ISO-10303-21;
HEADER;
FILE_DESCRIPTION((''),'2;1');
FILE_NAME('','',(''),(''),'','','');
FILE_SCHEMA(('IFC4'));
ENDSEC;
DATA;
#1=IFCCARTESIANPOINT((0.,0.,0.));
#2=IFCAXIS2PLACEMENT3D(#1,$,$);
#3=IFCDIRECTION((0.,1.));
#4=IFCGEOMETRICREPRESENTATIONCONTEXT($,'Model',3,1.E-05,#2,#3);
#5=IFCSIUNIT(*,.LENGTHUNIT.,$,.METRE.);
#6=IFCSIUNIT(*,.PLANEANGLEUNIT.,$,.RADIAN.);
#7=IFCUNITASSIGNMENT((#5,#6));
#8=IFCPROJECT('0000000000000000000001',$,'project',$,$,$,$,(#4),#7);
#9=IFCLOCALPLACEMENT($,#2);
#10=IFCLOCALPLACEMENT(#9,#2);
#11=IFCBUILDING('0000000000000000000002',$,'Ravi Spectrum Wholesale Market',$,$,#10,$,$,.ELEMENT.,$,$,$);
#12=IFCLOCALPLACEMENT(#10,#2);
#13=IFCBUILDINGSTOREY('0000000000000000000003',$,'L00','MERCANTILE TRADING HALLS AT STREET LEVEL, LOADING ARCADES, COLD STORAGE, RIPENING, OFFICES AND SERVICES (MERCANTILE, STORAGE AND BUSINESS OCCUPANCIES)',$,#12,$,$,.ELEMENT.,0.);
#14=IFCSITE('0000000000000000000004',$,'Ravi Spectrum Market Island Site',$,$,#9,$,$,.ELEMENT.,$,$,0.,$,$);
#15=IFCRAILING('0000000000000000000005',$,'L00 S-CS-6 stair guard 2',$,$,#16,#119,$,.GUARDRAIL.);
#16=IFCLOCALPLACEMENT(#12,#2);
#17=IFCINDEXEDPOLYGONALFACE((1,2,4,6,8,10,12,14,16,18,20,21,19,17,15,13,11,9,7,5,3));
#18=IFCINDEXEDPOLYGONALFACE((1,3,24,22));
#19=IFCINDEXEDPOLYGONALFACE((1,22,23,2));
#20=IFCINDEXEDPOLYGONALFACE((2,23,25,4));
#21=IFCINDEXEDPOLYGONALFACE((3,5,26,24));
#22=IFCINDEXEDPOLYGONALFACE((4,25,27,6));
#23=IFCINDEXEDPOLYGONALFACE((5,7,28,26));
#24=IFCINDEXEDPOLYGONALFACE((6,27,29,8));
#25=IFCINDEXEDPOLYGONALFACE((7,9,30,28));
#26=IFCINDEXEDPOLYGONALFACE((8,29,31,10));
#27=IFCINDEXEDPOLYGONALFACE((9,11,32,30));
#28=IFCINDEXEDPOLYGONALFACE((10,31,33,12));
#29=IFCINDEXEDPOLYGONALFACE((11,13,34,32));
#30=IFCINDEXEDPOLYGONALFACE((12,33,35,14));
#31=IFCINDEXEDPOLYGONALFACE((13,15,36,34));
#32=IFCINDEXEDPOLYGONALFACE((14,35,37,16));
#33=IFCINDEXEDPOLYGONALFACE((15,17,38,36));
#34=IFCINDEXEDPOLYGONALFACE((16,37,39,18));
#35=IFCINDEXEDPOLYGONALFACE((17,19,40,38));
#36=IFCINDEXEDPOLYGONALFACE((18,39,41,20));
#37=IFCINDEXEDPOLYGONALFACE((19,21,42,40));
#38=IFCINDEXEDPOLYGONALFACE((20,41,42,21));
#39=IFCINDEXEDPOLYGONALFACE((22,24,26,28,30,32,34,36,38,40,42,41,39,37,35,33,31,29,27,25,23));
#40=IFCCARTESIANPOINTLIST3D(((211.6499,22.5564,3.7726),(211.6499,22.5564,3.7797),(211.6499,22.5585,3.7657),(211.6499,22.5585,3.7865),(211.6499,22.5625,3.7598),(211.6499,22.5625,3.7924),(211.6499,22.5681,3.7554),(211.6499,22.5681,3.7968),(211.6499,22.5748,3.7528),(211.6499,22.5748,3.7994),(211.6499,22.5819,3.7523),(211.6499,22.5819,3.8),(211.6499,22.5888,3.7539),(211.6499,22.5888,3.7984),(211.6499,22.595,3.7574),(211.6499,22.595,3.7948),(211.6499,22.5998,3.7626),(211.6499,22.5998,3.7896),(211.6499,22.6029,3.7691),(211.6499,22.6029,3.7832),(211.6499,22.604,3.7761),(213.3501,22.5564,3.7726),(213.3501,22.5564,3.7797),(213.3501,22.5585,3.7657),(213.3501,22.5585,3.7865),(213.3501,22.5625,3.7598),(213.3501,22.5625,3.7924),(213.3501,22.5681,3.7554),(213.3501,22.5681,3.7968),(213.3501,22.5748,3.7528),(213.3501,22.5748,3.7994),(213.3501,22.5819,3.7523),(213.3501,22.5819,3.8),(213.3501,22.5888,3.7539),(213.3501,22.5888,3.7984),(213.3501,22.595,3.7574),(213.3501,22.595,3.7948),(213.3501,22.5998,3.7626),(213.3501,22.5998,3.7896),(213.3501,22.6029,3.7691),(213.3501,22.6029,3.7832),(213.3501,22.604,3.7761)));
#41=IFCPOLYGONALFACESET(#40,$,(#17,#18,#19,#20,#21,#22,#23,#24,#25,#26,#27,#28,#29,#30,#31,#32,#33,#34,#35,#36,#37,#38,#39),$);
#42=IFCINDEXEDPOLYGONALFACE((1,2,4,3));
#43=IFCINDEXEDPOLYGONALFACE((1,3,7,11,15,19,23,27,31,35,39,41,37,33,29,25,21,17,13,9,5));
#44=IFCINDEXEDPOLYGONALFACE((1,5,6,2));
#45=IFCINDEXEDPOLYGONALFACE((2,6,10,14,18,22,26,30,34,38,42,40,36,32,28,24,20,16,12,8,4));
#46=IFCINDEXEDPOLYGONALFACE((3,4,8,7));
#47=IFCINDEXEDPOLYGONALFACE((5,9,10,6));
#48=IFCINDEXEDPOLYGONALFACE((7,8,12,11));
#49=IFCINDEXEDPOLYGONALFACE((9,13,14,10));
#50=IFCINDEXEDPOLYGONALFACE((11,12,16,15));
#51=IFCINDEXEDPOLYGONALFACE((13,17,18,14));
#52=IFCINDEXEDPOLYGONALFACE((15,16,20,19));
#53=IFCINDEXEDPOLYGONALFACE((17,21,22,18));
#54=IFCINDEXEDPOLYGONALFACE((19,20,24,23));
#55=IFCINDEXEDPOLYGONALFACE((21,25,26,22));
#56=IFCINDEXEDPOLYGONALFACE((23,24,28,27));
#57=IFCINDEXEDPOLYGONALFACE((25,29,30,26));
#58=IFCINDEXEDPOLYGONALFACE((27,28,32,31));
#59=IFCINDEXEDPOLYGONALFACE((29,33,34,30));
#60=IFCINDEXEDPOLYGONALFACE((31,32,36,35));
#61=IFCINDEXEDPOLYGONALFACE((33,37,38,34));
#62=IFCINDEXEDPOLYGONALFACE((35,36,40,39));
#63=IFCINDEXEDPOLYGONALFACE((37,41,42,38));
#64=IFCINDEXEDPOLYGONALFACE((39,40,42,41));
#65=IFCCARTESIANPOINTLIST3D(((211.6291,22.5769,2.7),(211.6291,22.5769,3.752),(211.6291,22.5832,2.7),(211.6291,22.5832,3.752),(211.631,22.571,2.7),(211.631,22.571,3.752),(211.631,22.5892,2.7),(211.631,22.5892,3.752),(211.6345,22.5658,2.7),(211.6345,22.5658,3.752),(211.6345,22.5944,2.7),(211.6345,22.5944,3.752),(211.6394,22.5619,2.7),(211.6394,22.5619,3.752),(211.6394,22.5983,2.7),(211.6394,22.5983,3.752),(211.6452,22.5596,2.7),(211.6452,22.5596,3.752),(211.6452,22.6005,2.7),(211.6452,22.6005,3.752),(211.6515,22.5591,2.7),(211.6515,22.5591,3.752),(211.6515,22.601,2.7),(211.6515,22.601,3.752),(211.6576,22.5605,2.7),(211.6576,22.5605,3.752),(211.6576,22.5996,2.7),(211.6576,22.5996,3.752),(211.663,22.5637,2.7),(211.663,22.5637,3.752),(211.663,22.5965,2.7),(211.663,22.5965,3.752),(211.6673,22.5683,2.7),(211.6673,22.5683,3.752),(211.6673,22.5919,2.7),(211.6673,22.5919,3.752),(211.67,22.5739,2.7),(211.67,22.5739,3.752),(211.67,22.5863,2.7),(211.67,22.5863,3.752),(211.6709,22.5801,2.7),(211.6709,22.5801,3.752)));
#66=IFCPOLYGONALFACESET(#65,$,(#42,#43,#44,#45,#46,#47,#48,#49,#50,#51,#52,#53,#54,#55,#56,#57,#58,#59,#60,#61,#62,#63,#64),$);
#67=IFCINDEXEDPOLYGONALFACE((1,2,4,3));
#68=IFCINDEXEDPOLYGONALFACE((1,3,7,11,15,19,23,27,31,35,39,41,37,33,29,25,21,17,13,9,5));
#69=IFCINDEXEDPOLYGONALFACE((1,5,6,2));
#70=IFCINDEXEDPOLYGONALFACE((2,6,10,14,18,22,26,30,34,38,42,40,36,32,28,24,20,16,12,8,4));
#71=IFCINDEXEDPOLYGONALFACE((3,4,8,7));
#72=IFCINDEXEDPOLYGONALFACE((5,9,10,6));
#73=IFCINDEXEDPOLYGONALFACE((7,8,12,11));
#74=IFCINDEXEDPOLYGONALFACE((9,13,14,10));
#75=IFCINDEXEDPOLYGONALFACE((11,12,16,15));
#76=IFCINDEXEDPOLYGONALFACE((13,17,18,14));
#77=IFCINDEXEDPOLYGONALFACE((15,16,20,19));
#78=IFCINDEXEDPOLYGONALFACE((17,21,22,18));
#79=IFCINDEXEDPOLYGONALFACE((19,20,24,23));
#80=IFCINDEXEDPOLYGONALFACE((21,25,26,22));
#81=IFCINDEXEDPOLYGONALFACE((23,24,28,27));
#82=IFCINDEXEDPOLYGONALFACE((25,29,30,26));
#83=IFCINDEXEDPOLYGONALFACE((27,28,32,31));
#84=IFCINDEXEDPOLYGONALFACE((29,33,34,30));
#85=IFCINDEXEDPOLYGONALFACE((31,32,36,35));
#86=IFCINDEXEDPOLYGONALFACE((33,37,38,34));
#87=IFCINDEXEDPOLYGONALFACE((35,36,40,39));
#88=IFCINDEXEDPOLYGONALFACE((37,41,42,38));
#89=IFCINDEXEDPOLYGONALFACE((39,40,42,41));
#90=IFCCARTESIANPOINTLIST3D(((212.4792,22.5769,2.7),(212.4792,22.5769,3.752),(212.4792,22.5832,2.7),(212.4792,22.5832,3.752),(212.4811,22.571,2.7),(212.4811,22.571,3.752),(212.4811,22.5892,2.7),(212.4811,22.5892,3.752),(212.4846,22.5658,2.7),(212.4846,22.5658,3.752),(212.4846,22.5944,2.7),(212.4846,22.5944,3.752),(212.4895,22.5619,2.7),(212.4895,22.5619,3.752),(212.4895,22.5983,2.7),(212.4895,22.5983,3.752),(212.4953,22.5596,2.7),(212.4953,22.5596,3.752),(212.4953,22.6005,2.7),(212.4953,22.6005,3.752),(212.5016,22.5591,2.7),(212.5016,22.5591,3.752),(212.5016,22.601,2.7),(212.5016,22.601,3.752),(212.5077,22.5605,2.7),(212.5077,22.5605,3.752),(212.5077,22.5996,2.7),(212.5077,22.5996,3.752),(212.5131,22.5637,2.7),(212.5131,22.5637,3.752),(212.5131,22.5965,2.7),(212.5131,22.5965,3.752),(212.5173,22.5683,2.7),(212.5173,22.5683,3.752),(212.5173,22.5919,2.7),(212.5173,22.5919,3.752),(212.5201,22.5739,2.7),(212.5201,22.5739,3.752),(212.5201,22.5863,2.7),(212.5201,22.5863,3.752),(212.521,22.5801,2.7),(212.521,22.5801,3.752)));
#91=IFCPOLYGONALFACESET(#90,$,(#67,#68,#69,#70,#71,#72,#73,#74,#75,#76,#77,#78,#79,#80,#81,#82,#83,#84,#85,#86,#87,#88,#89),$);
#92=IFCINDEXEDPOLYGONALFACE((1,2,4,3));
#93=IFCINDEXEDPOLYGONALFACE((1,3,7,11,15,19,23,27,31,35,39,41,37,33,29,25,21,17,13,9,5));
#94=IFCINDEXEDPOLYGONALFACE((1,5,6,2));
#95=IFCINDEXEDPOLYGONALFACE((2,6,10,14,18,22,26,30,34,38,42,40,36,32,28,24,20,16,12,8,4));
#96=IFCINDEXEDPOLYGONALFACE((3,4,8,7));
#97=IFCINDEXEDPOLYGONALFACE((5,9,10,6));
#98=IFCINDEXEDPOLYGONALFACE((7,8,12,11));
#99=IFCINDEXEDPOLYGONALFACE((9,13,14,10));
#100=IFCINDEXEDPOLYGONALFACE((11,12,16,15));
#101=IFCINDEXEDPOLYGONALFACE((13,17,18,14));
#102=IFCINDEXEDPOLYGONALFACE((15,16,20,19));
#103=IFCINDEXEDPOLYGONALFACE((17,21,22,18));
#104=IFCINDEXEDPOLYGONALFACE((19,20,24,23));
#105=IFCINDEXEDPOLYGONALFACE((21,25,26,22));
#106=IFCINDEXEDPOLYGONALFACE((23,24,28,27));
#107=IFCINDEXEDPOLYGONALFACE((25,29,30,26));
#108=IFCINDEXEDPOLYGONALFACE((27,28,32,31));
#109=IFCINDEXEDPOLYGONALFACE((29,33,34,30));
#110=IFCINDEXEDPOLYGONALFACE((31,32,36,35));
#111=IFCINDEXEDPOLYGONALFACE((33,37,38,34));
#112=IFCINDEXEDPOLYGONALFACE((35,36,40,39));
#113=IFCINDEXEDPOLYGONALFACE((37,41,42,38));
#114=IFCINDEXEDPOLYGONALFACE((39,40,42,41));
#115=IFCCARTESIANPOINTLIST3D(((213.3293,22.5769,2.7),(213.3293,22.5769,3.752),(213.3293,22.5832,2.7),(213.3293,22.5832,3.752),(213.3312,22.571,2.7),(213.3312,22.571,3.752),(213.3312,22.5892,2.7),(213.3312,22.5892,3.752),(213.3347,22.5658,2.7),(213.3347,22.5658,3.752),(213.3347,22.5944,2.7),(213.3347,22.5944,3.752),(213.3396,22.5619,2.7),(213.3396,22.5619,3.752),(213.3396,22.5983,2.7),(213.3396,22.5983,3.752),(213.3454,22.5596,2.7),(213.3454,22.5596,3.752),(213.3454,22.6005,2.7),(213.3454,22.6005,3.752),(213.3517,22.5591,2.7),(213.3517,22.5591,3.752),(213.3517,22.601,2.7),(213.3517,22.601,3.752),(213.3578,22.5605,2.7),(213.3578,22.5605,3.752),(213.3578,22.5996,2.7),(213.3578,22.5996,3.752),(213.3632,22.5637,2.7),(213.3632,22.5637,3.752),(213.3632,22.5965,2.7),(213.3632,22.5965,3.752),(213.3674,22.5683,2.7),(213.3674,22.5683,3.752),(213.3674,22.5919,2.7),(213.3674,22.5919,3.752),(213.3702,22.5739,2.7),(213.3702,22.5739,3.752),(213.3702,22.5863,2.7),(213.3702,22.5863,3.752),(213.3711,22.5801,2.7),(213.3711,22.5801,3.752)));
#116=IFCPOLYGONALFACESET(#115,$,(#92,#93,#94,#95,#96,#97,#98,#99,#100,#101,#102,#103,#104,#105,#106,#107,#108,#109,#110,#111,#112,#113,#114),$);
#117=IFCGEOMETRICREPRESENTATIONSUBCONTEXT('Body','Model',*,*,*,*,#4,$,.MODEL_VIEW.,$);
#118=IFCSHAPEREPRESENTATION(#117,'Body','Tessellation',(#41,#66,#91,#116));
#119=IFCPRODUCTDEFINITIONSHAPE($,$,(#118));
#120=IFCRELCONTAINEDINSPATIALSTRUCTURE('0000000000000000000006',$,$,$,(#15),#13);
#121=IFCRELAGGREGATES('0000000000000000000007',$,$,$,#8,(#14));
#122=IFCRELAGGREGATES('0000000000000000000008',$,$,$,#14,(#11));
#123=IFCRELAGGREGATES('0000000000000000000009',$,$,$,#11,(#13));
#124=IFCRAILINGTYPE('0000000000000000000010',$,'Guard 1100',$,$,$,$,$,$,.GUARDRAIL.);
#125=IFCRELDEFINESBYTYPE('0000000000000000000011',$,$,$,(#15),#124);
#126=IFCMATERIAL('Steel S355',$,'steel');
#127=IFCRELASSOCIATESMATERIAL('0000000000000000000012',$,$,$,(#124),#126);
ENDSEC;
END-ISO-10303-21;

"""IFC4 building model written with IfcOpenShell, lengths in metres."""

from ifc_helpers import new_model, si_unit, direction, frame, origin, origin_2d, place, context, subcontext, project, spatial, circle, extrude, material, type_object, element, save


model = new_model("IFC4")

# Units and contexts
model_context = context("Model", 3, precision=1e-05, world=origin(), true_north=direction((0.0, 1.0)))
body_context = subcontext(model_context, "Body", "Model", "MODEL_VIEW")
ifc_project = project(units=[si_unit("LENGTHUNIT", "METRE"), si_unit("PLANEANGLEUNIT", "RADIAN")], contexts=[model_context])

# Site, building, storey
site_placement = place(None, origin())
site = spatial("IfcSite", under=ifc_project, at=site_placement, Name="Ravi Spectrum Market Island Site", CompositionType="ELEMENT", RefElevation=0.0)
building_placement = place(site_placement, origin())
building = spatial("IfcBuilding", under=site, at=building_placement, Name="Ravi Spectrum Wholesale Market", CompositionType="ELEMENT")
storey_placement = place(building_placement, origin())
storey = spatial("IfcBuildingStorey", under=building, at=storey_placement, Name="L00", Description="MERCANTILE TRADING HALLS AT STREET LEVEL, LOADING ARCADES, COLD STORAGE, RIPENING, OFFICES AND SERVICES (MERCANTILE, STORAGE AND BUSINESS OCCUPANCIES)", CompositionType="ELEMENT", Elevation=0.0)

# Railing
ifc_material_1 = material(Name="Steel S355", Category="steel")
railing_type_1 = type_object("IfcRailingType", Name="Guard 1100", PredefinedType="GUARDRAIL", material=ifc_material_1)
railing_1_placement = place(storey_placement, frame((211.6499, 22.5801, 2.7)))
element("IfcRailing", 1, at=railing_1_placement, inside=storey, type_object=railing_type_1, Name="L00 S-CS-6 stair guard 2", PredefinedType="GUARDRAIL", context=body_context, shape_type="SweptSolid", body=[
    extrude(circle(Radius=0.0239, at=origin_2d()), frame((0.0, 0.0, 1.0762), z_axis=(1.0, 0.0, 0.0), x_axis=(0.0, 1.0, 0.0)), (0.0, 0.0, 1.0), 1.7002),
    extrude(circle(Radius=0.021, at=origin_2d()), origin(), (0.0, 0.0, 1.0), 1.052),
    extrude(circle(Radius=0.021, at=origin_2d()), frame((0.8501, 0.0, 0.0)), (0.0, 0.0, 1.0), 1.052),
    extrude(circle(Radius=0.021, at=origin_2d()), frame((1.7002, 0.0, 0.0)), (0.0, 0.0, 1.0), 1.052),
])

save(model, "model.ifc")
